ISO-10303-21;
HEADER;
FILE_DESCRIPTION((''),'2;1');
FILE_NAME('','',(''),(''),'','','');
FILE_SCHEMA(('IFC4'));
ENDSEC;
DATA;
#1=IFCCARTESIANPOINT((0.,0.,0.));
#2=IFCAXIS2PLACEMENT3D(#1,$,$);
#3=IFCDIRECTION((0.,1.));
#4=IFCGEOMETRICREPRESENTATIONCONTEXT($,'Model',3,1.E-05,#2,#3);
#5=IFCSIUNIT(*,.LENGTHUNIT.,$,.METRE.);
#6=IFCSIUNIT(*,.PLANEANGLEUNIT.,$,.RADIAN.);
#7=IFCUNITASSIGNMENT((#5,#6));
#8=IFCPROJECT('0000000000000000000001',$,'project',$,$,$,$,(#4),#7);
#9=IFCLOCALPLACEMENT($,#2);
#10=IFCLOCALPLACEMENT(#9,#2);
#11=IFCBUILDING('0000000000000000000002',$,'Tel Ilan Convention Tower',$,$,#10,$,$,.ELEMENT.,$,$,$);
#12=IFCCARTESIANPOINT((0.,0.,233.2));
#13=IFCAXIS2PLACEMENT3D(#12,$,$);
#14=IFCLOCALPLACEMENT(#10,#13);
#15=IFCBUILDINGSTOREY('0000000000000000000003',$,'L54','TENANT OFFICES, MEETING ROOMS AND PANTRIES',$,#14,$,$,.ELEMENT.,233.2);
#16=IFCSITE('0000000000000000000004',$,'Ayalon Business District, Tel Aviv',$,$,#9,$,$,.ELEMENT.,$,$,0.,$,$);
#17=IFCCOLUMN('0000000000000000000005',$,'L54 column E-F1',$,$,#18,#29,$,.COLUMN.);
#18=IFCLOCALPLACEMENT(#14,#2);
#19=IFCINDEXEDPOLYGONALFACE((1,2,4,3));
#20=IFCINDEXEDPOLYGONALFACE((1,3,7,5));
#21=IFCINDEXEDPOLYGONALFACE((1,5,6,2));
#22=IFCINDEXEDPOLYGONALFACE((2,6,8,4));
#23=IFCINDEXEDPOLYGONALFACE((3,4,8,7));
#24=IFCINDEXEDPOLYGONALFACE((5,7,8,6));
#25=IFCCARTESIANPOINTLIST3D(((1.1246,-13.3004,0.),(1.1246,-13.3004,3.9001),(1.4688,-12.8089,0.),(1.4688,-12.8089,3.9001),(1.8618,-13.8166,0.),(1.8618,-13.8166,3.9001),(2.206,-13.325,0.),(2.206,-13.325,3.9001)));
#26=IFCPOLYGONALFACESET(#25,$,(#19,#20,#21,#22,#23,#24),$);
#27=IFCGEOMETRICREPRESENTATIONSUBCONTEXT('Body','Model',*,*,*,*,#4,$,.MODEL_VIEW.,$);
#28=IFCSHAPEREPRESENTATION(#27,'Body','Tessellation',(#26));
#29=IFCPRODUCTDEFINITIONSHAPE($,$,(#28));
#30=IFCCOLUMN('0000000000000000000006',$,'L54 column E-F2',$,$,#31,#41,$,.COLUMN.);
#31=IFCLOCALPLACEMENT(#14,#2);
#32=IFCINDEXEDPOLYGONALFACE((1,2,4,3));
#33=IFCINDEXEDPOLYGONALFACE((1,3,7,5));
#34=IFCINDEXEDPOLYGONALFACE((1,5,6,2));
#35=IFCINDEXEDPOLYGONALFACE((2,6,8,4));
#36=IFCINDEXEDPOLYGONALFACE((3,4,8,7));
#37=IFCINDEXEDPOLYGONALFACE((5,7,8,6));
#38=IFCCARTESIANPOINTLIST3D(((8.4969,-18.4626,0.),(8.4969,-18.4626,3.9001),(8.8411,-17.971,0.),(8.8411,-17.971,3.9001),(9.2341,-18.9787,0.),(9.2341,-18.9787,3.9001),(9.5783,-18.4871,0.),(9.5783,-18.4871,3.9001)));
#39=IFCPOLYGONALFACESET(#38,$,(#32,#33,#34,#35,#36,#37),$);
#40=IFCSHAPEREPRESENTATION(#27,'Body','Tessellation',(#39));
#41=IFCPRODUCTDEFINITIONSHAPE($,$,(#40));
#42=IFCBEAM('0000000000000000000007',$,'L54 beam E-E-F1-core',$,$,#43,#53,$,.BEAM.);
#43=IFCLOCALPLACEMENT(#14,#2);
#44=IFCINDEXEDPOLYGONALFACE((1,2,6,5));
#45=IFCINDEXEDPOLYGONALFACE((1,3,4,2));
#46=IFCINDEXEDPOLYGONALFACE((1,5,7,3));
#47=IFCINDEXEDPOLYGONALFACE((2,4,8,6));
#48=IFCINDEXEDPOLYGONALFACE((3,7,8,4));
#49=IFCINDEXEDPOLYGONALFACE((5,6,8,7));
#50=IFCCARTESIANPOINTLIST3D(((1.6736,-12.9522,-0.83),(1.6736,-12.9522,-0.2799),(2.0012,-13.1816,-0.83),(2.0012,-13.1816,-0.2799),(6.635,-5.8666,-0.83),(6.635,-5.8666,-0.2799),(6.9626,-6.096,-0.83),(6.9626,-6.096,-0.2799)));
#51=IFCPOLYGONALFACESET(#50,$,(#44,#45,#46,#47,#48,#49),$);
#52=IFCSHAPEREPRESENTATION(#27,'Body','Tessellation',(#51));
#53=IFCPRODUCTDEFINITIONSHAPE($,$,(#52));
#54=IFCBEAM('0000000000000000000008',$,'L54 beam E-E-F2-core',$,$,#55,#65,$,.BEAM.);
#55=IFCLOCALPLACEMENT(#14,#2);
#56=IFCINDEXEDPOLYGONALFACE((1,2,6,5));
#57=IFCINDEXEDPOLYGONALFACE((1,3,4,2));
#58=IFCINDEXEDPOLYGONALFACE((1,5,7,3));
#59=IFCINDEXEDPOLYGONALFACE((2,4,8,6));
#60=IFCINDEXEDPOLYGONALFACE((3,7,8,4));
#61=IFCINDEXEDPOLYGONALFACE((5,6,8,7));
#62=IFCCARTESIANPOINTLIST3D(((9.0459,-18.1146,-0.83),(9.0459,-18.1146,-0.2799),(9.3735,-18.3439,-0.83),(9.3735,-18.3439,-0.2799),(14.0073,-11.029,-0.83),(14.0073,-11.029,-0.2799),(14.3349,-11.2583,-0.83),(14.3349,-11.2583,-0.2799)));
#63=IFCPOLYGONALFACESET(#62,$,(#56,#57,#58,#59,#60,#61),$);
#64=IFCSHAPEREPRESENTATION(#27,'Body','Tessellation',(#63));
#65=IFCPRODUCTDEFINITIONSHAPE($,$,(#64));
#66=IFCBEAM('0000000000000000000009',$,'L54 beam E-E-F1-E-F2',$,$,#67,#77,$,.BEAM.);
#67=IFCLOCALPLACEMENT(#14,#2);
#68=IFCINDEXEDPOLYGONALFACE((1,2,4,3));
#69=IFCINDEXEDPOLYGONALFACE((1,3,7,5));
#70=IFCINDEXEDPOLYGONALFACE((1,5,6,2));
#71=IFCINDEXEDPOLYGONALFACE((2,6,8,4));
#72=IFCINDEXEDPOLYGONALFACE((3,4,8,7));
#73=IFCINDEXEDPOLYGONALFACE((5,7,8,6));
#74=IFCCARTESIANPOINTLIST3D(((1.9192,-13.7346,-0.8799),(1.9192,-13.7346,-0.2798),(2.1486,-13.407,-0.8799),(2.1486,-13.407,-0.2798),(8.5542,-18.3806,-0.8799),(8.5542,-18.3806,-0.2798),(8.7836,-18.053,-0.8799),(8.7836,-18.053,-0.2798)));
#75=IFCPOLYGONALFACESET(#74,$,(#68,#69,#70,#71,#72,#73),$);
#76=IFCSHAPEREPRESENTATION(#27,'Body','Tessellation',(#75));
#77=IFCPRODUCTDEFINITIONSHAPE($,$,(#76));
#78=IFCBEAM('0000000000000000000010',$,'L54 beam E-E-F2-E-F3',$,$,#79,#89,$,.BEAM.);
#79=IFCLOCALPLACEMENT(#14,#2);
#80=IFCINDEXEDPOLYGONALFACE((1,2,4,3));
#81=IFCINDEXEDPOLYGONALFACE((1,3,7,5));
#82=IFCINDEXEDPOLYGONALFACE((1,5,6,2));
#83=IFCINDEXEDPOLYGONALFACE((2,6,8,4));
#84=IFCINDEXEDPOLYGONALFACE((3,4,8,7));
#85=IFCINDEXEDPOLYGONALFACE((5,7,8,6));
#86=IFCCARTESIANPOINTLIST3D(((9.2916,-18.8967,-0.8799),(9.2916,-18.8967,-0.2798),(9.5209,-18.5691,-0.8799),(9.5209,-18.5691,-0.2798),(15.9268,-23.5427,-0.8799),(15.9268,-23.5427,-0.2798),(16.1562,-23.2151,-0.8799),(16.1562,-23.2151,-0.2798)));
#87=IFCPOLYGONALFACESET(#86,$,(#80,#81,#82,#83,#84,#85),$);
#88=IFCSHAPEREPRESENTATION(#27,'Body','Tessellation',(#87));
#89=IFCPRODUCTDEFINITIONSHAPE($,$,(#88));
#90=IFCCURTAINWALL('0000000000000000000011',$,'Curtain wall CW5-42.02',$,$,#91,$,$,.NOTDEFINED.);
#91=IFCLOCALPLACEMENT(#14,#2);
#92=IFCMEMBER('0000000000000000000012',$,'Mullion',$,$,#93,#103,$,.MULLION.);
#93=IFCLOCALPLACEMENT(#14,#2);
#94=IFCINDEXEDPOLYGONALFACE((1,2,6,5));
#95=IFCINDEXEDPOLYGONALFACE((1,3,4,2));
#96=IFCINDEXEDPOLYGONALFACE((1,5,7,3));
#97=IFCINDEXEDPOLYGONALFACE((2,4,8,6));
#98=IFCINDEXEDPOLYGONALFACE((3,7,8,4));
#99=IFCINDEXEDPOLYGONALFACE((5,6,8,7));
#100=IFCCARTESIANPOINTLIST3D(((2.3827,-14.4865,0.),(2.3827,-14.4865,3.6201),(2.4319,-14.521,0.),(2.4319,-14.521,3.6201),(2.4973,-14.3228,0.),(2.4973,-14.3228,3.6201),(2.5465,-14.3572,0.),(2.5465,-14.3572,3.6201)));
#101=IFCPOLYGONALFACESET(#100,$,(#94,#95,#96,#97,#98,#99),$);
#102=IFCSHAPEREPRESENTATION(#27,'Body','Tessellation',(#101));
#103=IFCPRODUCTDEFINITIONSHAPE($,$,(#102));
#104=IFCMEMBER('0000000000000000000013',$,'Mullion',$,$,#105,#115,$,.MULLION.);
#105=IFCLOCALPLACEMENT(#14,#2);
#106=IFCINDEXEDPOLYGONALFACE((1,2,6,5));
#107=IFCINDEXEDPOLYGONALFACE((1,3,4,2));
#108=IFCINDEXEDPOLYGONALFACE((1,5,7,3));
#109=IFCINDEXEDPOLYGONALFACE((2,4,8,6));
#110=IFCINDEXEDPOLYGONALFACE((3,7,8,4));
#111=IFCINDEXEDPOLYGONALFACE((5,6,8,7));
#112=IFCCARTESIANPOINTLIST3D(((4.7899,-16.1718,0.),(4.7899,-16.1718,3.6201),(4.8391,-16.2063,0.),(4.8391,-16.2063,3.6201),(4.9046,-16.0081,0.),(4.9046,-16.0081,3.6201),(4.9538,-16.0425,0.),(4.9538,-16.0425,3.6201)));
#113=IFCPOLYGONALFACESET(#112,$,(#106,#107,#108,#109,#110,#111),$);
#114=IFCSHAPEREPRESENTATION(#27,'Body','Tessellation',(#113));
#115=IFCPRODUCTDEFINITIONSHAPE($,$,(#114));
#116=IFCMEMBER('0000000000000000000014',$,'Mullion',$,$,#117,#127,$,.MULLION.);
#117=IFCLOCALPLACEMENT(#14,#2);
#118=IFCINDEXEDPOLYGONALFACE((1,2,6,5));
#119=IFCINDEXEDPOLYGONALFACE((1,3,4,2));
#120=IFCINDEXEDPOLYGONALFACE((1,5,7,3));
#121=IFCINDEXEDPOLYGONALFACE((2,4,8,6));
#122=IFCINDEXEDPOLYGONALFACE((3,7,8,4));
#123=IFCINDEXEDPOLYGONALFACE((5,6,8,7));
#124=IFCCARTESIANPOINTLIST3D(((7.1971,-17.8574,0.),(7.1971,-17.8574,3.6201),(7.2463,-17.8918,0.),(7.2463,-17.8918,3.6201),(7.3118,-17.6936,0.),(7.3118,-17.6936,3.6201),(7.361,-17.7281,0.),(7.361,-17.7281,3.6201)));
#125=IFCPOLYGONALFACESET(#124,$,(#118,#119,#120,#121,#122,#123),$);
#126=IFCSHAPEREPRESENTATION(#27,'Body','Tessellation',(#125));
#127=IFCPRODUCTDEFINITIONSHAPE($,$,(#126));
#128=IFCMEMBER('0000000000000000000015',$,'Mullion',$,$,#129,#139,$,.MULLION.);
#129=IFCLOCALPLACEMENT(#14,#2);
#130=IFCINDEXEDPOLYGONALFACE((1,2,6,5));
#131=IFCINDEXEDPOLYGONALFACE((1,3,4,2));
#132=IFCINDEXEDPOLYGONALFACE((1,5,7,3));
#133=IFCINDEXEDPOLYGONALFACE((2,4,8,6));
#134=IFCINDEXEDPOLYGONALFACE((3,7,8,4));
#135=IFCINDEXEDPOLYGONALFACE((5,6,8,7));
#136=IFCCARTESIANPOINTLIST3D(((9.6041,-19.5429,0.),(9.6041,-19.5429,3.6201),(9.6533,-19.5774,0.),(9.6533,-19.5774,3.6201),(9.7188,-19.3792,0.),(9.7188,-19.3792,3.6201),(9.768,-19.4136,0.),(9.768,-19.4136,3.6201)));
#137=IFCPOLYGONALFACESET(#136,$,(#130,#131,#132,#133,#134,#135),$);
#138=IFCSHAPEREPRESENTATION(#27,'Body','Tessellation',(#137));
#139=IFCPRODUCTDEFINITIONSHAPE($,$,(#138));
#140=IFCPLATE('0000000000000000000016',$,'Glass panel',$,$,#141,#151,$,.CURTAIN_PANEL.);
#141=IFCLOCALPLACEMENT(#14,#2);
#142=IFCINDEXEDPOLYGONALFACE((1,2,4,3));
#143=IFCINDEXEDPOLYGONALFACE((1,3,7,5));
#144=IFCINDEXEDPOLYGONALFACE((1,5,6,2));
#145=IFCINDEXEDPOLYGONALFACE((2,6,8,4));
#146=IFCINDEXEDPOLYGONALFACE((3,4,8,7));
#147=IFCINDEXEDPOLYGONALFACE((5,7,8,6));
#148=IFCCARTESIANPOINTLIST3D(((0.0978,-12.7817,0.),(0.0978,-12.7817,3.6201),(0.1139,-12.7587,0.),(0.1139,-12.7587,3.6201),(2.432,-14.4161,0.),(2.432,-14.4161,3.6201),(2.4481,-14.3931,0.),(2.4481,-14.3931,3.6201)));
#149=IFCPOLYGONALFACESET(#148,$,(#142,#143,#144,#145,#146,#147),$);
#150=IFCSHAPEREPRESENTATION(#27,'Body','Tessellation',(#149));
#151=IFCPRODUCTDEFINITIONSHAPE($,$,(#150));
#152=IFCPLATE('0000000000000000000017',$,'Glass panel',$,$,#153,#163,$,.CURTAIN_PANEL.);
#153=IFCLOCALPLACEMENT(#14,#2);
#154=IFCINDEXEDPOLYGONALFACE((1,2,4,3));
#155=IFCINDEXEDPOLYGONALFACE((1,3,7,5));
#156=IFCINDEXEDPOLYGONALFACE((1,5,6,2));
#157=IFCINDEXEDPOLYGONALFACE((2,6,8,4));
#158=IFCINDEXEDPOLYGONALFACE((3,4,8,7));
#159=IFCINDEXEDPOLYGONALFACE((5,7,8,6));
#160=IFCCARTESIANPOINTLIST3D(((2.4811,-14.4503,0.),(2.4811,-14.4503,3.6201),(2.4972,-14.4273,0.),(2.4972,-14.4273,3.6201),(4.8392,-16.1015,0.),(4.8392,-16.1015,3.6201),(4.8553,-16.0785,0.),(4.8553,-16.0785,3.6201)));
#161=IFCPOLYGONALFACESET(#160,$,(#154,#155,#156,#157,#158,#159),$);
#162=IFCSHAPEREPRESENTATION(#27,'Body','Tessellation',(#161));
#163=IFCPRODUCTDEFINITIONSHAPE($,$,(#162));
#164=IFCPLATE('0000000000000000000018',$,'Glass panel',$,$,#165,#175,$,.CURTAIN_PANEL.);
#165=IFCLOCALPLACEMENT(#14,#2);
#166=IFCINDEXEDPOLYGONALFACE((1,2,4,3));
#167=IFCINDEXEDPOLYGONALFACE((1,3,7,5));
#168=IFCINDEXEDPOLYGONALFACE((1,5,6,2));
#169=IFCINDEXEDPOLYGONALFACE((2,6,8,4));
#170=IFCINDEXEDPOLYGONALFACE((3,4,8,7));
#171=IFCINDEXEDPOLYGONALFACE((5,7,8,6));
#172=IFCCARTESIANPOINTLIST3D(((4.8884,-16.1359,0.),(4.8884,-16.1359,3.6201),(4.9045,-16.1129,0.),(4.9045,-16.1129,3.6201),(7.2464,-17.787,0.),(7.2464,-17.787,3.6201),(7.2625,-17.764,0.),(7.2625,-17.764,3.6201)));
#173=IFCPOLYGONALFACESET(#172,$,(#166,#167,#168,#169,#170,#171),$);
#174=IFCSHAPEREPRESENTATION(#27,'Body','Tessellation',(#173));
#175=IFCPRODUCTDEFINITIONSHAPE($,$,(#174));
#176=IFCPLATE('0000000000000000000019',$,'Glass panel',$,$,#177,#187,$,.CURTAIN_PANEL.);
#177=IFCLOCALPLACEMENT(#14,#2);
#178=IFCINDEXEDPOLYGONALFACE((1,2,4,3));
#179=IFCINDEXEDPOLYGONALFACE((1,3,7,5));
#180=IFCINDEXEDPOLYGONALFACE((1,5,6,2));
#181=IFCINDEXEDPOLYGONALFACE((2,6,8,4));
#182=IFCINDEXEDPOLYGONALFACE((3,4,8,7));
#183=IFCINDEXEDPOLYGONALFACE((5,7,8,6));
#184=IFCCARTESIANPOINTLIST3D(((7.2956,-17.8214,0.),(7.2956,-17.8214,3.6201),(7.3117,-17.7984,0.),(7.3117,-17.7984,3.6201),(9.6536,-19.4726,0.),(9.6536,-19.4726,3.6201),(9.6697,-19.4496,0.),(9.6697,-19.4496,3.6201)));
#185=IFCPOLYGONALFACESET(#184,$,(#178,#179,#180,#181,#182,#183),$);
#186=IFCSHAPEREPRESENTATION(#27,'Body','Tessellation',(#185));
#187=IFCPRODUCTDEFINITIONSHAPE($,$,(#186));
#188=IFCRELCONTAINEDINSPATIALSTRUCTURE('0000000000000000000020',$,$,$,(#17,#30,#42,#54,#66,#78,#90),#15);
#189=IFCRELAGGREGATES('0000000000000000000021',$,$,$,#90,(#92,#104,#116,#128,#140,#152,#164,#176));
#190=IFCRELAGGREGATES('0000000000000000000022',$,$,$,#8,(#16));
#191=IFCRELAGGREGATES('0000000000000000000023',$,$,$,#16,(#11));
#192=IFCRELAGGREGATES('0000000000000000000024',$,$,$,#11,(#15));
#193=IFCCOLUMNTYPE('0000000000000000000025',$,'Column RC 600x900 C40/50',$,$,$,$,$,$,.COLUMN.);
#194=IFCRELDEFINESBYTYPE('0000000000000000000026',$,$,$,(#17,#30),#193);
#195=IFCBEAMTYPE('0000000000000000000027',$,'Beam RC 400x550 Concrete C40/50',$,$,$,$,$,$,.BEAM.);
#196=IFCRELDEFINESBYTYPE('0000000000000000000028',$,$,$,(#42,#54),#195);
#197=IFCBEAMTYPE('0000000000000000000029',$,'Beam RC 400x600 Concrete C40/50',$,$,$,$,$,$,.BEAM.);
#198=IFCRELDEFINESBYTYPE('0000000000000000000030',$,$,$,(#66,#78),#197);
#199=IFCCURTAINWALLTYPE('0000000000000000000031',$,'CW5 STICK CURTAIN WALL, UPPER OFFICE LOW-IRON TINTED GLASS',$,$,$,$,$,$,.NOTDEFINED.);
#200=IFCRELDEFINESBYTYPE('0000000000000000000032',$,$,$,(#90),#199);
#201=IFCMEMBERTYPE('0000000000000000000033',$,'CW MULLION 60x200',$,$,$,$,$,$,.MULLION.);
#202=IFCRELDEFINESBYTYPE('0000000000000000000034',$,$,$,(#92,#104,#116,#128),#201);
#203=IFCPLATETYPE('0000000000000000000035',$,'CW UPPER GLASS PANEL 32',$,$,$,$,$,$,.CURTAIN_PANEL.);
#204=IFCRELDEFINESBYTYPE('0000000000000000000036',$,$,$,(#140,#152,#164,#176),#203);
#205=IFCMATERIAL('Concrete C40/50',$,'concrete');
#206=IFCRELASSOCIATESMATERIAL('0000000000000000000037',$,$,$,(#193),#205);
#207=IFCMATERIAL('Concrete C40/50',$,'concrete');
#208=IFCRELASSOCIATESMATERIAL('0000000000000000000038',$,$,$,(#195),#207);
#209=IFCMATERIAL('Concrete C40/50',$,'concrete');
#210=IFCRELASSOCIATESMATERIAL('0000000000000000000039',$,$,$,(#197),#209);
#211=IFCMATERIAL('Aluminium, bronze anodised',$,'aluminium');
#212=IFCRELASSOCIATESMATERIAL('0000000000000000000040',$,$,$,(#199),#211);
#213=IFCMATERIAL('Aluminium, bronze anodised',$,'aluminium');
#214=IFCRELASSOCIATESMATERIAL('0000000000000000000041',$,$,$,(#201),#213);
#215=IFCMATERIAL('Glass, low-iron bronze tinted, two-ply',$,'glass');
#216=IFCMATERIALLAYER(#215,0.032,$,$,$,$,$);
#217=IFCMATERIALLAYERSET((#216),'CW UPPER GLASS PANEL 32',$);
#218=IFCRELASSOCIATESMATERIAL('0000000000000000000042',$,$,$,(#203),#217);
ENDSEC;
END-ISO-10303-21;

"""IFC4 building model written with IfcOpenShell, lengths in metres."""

from ifc_helpers import new_model, si_unit, direction, frame, origin, origin_2d, place, context, subcontext, project, spatial, rectangle, extrude, material, layer, layer_set, material_profile, profile_set, type_object, element, aggregate, save


model = new_model("IFC4")

# Units and contexts
model_context = context("Model", 3, precision=1e-05, world=origin(), true_north=direction((0.0, 1.0)))
body_context = subcontext(model_context, "Body", "Model", "MODEL_VIEW")
ifc_project = project(units=[si_unit("LENGTHUNIT", "METRE"), si_unit("PLANEANGLEUNIT", "RADIAN")], contexts=[model_context])

# Site, building, storey
site_placement = place(None, origin())
site = spatial("IfcSite", under=ifc_project, at=site_placement, Name="Ayalon Business District, Tel Aviv", CompositionType="ELEMENT", RefElevation=0.0)
building_placement = place(site_placement, origin())
building = spatial("IfcBuilding", under=site, at=building_placement, Name="Tel Ilan Convention Tower", CompositionType="ELEMENT")
storey_placement = place(building_placement, frame((0.0, 0.0, 233.2)))
storey = spatial("IfcBuildingStorey", under=building, at=storey_placement, Name="L54", Description="TENANT OFFICES, MEETING ROOMS AND PANTRIES", CompositionType="ELEMENT", Elevation=233.2)

# Columns
ifc_material_1 = material(Name="Concrete C40/50", Category="concrete")
ifc_material_profile_1 = material_profile(ifc_material_1, rectangle(XDim=0.8999, YDim=0.6001, at=origin_2d()), Name="RC 600x900")
ifc_profile_set_1 = profile_set([ifc_material_profile_1], Name="Concrete C40/50")
column_type = type_object("IfcColumnType", Name="Column RC 600x900 C40/50", PredefinedType="COLUMN", material=ifc_profile_set_1)
for number, where, z_axis, x_axis, name in (
    (1, (1.6653, -13.3127, 0.0), (0.0, 0.0, 1.0), (0.819152, -0.573576, 0.0), "L54 column E-F1"),
    (2, (9.0376, -18.4749, 0.0), (0.0, 0.0, 1.0), (0.819152, -0.573576, 0.0), "L54 column E-F2"),
):
    element("IfcColumn", number, at=place(storey_placement, frame(where, z_axis=z_axis, x_axis=x_axis)), inside=storey, type_object=column_type, Name=name, PredefinedType="COLUMN", context=body_context, shape_type="SweptSolid", body=[
        extrude(rectangle(XDim=0.8999, YDim=0.6001, at=origin_2d()), origin(), (0.0, 0.0, 1.0), 3.9001),
    ])

# Beams
ifc_material_2 = material(Name="Concrete C40/50", Category="concrete")
ifc_material_profile_2 = material_profile(ifc_material_2, rectangle(XDim=0.3999, YDim=0.55, at=origin_2d()), Name="RC 400x550")
ifc_profile_set_2 = profile_set([ifc_material_profile_2], Name="Concrete C40/50")
beam_type_1 = type_object("IfcBeamType", Name="Beam RC 400x550 Concrete C40/50", PredefinedType="BEAM", material=ifc_profile_set_2)
for number, where, z_axis, x_axis, name in (
    (3, (1.8374, -13.0669, -0.5549), (0.573574, 0.819154, 0.0), (-0.819154, 0.573574, 0.0), "L54 beam E-E-F1-core"),
    (4, (9.2097, -18.2292, -0.5549), (0.573574, 0.819154, 0.0), (-0.819154, 0.573574, 0.0), "L54 beam E-E-F2-core"),
):
    element("IfcBeam", number, at=place(storey_placement, frame(where, z_axis=z_axis, x_axis=x_axis)), inside=storey, type_object=beam_type_1, Name=name, PredefinedType="BEAM", context=body_context, shape_type="SweptSolid", body=[
        extrude(rectangle(XDim=0.3999, YDim=0.55, at=origin_2d()), origin(), (0.0, 0.0, 1.0), 8.6499),
    ])
ifc_material_3 = material(Name="Concrete C40/50", Category="concrete")
ifc_material_profile_3 = material_profile(ifc_material_3, rectangle(XDim=0.3999, YDim=0.6001, at=origin_2d()), Name="RC 400x600")
ifc_profile_set_3 = profile_set([ifc_material_profile_3], Name="Concrete C40/50")
beam_type_2 = type_object("IfcBeamType", Name="Beam RC 400x600 Concrete C40/50", PredefinedType="BEAM", material=ifc_profile_set_3)
beam_1_placement = place(storey_placement, frame((2.0339, -13.5708, -0.5798), z_axis=(0.819146, -0.573586, 0.0), x_axis=(0.573586, 0.819146, 0.0)))
element("IfcBeam", 5, at=beam_1_placement, inside=storey, type_object=beam_type_2, Name="L54 beam E-E-F1-E-F2", PredefinedType="BEAM", context=body_context, shape_type="SweptSolid", body=[
    extrude(rectangle(XDim=0.3999, YDim=0.6001, at=origin_2d()), origin(), (0.0, 0.0, 1.0), 8.0999),
])
beam_2_placement = place(storey_placement, frame((9.4062, -18.7329, -0.5798), z_axis=(0.819155, -0.573572, 0.0), x_axis=(0.573572, 0.819155, 0.0)))
element("IfcBeam", 6, at=beam_2_placement, inside=storey, type_object=beam_type_2, Name="L54 beam E-E-F2-E-F3", PredefinedType="BEAM", context=body_context, shape_type="SweptSolid", body=[
    extrude(rectangle(XDim=0.3999, YDim=0.6001, at=origin_2d()), origin(), (0.0, 0.0, 1.0), 8.1001),
])

# Curtain wall, members, plates
ifc_material_4 = material(Name="Aluminium, bronze anodised", Category="aluminium")
curtain_wall_type = type_object("IfcCurtainWallType", Name="CW5 STICK CURTAIN WALL, UPPER OFFICE LOW-IRON TINTED GLASS", PredefinedType="NOTDEFINED", material=ifc_material_4)
curtain_wall_placement = place(storey_placement, origin())
curtain_wall = element("IfcCurtainWall", 7, at=curtain_wall_placement, inside=storey, type_object=curtain_wall_type, Name="Curtain wall CW5-42.02", PredefinedType="NOTDEFINED")
ifc_material_5 = material(Name="Aluminium, bronze anodised", Category="aluminium")
ifc_material_profile_4 = material_profile(ifc_material_5, rectangle(XDim=0.0601, YDim=0.2, at=origin_2d()), Name="CW MULLION 60x200")
ifc_profile_set_4 = profile_set([ifc_material_profile_4], Name="Aluminium, bronze anodised")
member_type = type_object("IfcMemberType", Name="CW MULLION 60x200", PredefinedType="MULLION", material=ifc_profile_set_4)
member_1_placement = place(storey_placement, frame((2.4646, -14.4219, 0.0), z_axis=(0.0, 0.0, 1.0), x_axis=(0.819152, -0.573576, 0.0)))
member_1 = element("IfcMember", 8, at=member_1_placement, type_object=member_type, Name="Mullion", PredefinedType="MULLION", context=body_context, shape_type="SweptSolid", body=[
    extrude(rectangle(XDim=0.0601, YDim=0.2, at=origin_2d()), origin(), (0.0, 0.0, 1.0), 3.6201),
])
member_2_placement = place(storey_placement, frame((4.8718, -16.1072, 0.0), z_axis=(0.0, 0.0, 1.0), x_axis=(0.819152, -0.573576, 0.0)))
member_2 = element("IfcMember", 9, at=member_2_placement, type_object=member_type, Name="Mullion", PredefinedType="MULLION", context=body_context, shape_type="SweptSolid", body=[
    extrude(rectangle(XDim=0.0601, YDim=0.2, at=origin_2d()), origin(), (0.0, 0.0, 1.0), 3.6201),
])
member_3_placement = place(storey_placement, frame((7.2791, -17.7927, 0.0), z_axis=(0.0, 0.0, 1.0), x_axis=(0.819152, -0.573576, 0.0)))
member_3 = element("IfcMember", 10, at=member_3_placement, type_object=member_type, Name="Mullion", PredefinedType="MULLION", context=body_context, shape_type="SweptSolid", body=[
    extrude(rectangle(XDim=0.0601, YDim=0.2, at=origin_2d()), origin(), (0.0, 0.0, 1.0), 3.6201),
])
member_4_placement = place(storey_placement, frame((9.686, -19.4783, 0.0), z_axis=(0.0, 0.0, 1.0), x_axis=(0.819152, -0.573576, 0.0)))
member_4 = element("IfcMember", 11, at=member_4_placement, type_object=member_type, Name="Mullion", PredefinedType="MULLION", context=body_context, shape_type="SweptSolid", body=[
    extrude(rectangle(XDim=0.0601, YDim=0.2, at=origin_2d()), origin(), (0.0, 0.0, 1.0), 3.6201),
])
ifc_material_6 = material(Name="Glass, low-iron bronze tinted, two-ply", Category="glass")
ifc_layer_1 = layer(ifc_material_6, 0.032)
ifc_layer_set_1 = layer_set([ifc_layer_1], Name="CW UPPER GLASS PANEL 32")
plate_type = type_object("IfcPlateType", Name="CW UPPER GLASS PANEL 32", PredefinedType="CURTAIN_PANEL", material=ifc_layer_set_1)
plate_1_placement = place(storey_placement, frame((1.2729, -13.5874, 0.0), z_axis=(0.0, 0.0, 1.0), x_axis=(0.819152, -0.573576, 0.0)))
plate_1 = element("IfcPlate", 12, at=plate_1_placement, type_object=plate_type, Name="Glass panel", PredefinedType="CURTAIN_PANEL", context=body_context, shape_type="SweptSolid", body=[
    extrude(rectangle(XDim=2.8496, YDim=0.0281, at=origin_2d()), origin(), (0.0, 0.0, 1.0), 3.6201),
])
plate_2_placement = place(storey_placement, frame((3.6682, -15.2644, 0.0), z_axis=(0.0, 0.0, 1.0), x_axis=(0.819152, -0.573576, 0.0)))
plate_2 = element("IfcPlate", 13, at=plate_2_placement, type_object=plate_type, Name="Glass panel", PredefinedType="CURTAIN_PANEL", context=body_context, shape_type="SweptSolid", body=[
    extrude(rectangle(XDim=2.8787, YDim=0.0281, at=origin_2d()), origin(), (0.0, 0.0, 1.0), 3.6201),
])
plate_3_placement = place(storey_placement, frame((6.0754, -16.95, 0.0), z_axis=(0.0, 0.0, 1.0), x_axis=(0.819152, -0.573576, 0.0)))
plate_3 = element("IfcPlate", 14, at=plate_3_placement, type_object=plate_type, Name="Glass panel", PredefinedType="CURTAIN_PANEL", context=body_context, shape_type="SweptSolid", body=[
    extrude(rectangle(XDim=2.8787, YDim=0.0281, at=origin_2d()), origin(), (0.0, 0.0, 1.0), 3.6201),
])
plate_4_placement = place(storey_placement, frame((8.4827, -18.6355, 0.0), z_axis=(0.0, 0.0, 1.0), x_axis=(0.819152, -0.573576, 0.0)))
plate_4 = element("IfcPlate", 15, at=plate_4_placement, type_object=plate_type, Name="Glass panel", PredefinedType="CURTAIN_PANEL", context=body_context, shape_type="SweptSolid", body=[
    extrude(rectangle(XDim=2.8787, YDim=0.0281, at=origin_2d()), origin(), (0.0, 0.0, 1.0), 3.6201),
])
aggregate(curtain_wall, [member_1, member_2, member_3, member_4, plate_1, plate_2, plate_3, plate_4])

save(model, "model.ifc")
